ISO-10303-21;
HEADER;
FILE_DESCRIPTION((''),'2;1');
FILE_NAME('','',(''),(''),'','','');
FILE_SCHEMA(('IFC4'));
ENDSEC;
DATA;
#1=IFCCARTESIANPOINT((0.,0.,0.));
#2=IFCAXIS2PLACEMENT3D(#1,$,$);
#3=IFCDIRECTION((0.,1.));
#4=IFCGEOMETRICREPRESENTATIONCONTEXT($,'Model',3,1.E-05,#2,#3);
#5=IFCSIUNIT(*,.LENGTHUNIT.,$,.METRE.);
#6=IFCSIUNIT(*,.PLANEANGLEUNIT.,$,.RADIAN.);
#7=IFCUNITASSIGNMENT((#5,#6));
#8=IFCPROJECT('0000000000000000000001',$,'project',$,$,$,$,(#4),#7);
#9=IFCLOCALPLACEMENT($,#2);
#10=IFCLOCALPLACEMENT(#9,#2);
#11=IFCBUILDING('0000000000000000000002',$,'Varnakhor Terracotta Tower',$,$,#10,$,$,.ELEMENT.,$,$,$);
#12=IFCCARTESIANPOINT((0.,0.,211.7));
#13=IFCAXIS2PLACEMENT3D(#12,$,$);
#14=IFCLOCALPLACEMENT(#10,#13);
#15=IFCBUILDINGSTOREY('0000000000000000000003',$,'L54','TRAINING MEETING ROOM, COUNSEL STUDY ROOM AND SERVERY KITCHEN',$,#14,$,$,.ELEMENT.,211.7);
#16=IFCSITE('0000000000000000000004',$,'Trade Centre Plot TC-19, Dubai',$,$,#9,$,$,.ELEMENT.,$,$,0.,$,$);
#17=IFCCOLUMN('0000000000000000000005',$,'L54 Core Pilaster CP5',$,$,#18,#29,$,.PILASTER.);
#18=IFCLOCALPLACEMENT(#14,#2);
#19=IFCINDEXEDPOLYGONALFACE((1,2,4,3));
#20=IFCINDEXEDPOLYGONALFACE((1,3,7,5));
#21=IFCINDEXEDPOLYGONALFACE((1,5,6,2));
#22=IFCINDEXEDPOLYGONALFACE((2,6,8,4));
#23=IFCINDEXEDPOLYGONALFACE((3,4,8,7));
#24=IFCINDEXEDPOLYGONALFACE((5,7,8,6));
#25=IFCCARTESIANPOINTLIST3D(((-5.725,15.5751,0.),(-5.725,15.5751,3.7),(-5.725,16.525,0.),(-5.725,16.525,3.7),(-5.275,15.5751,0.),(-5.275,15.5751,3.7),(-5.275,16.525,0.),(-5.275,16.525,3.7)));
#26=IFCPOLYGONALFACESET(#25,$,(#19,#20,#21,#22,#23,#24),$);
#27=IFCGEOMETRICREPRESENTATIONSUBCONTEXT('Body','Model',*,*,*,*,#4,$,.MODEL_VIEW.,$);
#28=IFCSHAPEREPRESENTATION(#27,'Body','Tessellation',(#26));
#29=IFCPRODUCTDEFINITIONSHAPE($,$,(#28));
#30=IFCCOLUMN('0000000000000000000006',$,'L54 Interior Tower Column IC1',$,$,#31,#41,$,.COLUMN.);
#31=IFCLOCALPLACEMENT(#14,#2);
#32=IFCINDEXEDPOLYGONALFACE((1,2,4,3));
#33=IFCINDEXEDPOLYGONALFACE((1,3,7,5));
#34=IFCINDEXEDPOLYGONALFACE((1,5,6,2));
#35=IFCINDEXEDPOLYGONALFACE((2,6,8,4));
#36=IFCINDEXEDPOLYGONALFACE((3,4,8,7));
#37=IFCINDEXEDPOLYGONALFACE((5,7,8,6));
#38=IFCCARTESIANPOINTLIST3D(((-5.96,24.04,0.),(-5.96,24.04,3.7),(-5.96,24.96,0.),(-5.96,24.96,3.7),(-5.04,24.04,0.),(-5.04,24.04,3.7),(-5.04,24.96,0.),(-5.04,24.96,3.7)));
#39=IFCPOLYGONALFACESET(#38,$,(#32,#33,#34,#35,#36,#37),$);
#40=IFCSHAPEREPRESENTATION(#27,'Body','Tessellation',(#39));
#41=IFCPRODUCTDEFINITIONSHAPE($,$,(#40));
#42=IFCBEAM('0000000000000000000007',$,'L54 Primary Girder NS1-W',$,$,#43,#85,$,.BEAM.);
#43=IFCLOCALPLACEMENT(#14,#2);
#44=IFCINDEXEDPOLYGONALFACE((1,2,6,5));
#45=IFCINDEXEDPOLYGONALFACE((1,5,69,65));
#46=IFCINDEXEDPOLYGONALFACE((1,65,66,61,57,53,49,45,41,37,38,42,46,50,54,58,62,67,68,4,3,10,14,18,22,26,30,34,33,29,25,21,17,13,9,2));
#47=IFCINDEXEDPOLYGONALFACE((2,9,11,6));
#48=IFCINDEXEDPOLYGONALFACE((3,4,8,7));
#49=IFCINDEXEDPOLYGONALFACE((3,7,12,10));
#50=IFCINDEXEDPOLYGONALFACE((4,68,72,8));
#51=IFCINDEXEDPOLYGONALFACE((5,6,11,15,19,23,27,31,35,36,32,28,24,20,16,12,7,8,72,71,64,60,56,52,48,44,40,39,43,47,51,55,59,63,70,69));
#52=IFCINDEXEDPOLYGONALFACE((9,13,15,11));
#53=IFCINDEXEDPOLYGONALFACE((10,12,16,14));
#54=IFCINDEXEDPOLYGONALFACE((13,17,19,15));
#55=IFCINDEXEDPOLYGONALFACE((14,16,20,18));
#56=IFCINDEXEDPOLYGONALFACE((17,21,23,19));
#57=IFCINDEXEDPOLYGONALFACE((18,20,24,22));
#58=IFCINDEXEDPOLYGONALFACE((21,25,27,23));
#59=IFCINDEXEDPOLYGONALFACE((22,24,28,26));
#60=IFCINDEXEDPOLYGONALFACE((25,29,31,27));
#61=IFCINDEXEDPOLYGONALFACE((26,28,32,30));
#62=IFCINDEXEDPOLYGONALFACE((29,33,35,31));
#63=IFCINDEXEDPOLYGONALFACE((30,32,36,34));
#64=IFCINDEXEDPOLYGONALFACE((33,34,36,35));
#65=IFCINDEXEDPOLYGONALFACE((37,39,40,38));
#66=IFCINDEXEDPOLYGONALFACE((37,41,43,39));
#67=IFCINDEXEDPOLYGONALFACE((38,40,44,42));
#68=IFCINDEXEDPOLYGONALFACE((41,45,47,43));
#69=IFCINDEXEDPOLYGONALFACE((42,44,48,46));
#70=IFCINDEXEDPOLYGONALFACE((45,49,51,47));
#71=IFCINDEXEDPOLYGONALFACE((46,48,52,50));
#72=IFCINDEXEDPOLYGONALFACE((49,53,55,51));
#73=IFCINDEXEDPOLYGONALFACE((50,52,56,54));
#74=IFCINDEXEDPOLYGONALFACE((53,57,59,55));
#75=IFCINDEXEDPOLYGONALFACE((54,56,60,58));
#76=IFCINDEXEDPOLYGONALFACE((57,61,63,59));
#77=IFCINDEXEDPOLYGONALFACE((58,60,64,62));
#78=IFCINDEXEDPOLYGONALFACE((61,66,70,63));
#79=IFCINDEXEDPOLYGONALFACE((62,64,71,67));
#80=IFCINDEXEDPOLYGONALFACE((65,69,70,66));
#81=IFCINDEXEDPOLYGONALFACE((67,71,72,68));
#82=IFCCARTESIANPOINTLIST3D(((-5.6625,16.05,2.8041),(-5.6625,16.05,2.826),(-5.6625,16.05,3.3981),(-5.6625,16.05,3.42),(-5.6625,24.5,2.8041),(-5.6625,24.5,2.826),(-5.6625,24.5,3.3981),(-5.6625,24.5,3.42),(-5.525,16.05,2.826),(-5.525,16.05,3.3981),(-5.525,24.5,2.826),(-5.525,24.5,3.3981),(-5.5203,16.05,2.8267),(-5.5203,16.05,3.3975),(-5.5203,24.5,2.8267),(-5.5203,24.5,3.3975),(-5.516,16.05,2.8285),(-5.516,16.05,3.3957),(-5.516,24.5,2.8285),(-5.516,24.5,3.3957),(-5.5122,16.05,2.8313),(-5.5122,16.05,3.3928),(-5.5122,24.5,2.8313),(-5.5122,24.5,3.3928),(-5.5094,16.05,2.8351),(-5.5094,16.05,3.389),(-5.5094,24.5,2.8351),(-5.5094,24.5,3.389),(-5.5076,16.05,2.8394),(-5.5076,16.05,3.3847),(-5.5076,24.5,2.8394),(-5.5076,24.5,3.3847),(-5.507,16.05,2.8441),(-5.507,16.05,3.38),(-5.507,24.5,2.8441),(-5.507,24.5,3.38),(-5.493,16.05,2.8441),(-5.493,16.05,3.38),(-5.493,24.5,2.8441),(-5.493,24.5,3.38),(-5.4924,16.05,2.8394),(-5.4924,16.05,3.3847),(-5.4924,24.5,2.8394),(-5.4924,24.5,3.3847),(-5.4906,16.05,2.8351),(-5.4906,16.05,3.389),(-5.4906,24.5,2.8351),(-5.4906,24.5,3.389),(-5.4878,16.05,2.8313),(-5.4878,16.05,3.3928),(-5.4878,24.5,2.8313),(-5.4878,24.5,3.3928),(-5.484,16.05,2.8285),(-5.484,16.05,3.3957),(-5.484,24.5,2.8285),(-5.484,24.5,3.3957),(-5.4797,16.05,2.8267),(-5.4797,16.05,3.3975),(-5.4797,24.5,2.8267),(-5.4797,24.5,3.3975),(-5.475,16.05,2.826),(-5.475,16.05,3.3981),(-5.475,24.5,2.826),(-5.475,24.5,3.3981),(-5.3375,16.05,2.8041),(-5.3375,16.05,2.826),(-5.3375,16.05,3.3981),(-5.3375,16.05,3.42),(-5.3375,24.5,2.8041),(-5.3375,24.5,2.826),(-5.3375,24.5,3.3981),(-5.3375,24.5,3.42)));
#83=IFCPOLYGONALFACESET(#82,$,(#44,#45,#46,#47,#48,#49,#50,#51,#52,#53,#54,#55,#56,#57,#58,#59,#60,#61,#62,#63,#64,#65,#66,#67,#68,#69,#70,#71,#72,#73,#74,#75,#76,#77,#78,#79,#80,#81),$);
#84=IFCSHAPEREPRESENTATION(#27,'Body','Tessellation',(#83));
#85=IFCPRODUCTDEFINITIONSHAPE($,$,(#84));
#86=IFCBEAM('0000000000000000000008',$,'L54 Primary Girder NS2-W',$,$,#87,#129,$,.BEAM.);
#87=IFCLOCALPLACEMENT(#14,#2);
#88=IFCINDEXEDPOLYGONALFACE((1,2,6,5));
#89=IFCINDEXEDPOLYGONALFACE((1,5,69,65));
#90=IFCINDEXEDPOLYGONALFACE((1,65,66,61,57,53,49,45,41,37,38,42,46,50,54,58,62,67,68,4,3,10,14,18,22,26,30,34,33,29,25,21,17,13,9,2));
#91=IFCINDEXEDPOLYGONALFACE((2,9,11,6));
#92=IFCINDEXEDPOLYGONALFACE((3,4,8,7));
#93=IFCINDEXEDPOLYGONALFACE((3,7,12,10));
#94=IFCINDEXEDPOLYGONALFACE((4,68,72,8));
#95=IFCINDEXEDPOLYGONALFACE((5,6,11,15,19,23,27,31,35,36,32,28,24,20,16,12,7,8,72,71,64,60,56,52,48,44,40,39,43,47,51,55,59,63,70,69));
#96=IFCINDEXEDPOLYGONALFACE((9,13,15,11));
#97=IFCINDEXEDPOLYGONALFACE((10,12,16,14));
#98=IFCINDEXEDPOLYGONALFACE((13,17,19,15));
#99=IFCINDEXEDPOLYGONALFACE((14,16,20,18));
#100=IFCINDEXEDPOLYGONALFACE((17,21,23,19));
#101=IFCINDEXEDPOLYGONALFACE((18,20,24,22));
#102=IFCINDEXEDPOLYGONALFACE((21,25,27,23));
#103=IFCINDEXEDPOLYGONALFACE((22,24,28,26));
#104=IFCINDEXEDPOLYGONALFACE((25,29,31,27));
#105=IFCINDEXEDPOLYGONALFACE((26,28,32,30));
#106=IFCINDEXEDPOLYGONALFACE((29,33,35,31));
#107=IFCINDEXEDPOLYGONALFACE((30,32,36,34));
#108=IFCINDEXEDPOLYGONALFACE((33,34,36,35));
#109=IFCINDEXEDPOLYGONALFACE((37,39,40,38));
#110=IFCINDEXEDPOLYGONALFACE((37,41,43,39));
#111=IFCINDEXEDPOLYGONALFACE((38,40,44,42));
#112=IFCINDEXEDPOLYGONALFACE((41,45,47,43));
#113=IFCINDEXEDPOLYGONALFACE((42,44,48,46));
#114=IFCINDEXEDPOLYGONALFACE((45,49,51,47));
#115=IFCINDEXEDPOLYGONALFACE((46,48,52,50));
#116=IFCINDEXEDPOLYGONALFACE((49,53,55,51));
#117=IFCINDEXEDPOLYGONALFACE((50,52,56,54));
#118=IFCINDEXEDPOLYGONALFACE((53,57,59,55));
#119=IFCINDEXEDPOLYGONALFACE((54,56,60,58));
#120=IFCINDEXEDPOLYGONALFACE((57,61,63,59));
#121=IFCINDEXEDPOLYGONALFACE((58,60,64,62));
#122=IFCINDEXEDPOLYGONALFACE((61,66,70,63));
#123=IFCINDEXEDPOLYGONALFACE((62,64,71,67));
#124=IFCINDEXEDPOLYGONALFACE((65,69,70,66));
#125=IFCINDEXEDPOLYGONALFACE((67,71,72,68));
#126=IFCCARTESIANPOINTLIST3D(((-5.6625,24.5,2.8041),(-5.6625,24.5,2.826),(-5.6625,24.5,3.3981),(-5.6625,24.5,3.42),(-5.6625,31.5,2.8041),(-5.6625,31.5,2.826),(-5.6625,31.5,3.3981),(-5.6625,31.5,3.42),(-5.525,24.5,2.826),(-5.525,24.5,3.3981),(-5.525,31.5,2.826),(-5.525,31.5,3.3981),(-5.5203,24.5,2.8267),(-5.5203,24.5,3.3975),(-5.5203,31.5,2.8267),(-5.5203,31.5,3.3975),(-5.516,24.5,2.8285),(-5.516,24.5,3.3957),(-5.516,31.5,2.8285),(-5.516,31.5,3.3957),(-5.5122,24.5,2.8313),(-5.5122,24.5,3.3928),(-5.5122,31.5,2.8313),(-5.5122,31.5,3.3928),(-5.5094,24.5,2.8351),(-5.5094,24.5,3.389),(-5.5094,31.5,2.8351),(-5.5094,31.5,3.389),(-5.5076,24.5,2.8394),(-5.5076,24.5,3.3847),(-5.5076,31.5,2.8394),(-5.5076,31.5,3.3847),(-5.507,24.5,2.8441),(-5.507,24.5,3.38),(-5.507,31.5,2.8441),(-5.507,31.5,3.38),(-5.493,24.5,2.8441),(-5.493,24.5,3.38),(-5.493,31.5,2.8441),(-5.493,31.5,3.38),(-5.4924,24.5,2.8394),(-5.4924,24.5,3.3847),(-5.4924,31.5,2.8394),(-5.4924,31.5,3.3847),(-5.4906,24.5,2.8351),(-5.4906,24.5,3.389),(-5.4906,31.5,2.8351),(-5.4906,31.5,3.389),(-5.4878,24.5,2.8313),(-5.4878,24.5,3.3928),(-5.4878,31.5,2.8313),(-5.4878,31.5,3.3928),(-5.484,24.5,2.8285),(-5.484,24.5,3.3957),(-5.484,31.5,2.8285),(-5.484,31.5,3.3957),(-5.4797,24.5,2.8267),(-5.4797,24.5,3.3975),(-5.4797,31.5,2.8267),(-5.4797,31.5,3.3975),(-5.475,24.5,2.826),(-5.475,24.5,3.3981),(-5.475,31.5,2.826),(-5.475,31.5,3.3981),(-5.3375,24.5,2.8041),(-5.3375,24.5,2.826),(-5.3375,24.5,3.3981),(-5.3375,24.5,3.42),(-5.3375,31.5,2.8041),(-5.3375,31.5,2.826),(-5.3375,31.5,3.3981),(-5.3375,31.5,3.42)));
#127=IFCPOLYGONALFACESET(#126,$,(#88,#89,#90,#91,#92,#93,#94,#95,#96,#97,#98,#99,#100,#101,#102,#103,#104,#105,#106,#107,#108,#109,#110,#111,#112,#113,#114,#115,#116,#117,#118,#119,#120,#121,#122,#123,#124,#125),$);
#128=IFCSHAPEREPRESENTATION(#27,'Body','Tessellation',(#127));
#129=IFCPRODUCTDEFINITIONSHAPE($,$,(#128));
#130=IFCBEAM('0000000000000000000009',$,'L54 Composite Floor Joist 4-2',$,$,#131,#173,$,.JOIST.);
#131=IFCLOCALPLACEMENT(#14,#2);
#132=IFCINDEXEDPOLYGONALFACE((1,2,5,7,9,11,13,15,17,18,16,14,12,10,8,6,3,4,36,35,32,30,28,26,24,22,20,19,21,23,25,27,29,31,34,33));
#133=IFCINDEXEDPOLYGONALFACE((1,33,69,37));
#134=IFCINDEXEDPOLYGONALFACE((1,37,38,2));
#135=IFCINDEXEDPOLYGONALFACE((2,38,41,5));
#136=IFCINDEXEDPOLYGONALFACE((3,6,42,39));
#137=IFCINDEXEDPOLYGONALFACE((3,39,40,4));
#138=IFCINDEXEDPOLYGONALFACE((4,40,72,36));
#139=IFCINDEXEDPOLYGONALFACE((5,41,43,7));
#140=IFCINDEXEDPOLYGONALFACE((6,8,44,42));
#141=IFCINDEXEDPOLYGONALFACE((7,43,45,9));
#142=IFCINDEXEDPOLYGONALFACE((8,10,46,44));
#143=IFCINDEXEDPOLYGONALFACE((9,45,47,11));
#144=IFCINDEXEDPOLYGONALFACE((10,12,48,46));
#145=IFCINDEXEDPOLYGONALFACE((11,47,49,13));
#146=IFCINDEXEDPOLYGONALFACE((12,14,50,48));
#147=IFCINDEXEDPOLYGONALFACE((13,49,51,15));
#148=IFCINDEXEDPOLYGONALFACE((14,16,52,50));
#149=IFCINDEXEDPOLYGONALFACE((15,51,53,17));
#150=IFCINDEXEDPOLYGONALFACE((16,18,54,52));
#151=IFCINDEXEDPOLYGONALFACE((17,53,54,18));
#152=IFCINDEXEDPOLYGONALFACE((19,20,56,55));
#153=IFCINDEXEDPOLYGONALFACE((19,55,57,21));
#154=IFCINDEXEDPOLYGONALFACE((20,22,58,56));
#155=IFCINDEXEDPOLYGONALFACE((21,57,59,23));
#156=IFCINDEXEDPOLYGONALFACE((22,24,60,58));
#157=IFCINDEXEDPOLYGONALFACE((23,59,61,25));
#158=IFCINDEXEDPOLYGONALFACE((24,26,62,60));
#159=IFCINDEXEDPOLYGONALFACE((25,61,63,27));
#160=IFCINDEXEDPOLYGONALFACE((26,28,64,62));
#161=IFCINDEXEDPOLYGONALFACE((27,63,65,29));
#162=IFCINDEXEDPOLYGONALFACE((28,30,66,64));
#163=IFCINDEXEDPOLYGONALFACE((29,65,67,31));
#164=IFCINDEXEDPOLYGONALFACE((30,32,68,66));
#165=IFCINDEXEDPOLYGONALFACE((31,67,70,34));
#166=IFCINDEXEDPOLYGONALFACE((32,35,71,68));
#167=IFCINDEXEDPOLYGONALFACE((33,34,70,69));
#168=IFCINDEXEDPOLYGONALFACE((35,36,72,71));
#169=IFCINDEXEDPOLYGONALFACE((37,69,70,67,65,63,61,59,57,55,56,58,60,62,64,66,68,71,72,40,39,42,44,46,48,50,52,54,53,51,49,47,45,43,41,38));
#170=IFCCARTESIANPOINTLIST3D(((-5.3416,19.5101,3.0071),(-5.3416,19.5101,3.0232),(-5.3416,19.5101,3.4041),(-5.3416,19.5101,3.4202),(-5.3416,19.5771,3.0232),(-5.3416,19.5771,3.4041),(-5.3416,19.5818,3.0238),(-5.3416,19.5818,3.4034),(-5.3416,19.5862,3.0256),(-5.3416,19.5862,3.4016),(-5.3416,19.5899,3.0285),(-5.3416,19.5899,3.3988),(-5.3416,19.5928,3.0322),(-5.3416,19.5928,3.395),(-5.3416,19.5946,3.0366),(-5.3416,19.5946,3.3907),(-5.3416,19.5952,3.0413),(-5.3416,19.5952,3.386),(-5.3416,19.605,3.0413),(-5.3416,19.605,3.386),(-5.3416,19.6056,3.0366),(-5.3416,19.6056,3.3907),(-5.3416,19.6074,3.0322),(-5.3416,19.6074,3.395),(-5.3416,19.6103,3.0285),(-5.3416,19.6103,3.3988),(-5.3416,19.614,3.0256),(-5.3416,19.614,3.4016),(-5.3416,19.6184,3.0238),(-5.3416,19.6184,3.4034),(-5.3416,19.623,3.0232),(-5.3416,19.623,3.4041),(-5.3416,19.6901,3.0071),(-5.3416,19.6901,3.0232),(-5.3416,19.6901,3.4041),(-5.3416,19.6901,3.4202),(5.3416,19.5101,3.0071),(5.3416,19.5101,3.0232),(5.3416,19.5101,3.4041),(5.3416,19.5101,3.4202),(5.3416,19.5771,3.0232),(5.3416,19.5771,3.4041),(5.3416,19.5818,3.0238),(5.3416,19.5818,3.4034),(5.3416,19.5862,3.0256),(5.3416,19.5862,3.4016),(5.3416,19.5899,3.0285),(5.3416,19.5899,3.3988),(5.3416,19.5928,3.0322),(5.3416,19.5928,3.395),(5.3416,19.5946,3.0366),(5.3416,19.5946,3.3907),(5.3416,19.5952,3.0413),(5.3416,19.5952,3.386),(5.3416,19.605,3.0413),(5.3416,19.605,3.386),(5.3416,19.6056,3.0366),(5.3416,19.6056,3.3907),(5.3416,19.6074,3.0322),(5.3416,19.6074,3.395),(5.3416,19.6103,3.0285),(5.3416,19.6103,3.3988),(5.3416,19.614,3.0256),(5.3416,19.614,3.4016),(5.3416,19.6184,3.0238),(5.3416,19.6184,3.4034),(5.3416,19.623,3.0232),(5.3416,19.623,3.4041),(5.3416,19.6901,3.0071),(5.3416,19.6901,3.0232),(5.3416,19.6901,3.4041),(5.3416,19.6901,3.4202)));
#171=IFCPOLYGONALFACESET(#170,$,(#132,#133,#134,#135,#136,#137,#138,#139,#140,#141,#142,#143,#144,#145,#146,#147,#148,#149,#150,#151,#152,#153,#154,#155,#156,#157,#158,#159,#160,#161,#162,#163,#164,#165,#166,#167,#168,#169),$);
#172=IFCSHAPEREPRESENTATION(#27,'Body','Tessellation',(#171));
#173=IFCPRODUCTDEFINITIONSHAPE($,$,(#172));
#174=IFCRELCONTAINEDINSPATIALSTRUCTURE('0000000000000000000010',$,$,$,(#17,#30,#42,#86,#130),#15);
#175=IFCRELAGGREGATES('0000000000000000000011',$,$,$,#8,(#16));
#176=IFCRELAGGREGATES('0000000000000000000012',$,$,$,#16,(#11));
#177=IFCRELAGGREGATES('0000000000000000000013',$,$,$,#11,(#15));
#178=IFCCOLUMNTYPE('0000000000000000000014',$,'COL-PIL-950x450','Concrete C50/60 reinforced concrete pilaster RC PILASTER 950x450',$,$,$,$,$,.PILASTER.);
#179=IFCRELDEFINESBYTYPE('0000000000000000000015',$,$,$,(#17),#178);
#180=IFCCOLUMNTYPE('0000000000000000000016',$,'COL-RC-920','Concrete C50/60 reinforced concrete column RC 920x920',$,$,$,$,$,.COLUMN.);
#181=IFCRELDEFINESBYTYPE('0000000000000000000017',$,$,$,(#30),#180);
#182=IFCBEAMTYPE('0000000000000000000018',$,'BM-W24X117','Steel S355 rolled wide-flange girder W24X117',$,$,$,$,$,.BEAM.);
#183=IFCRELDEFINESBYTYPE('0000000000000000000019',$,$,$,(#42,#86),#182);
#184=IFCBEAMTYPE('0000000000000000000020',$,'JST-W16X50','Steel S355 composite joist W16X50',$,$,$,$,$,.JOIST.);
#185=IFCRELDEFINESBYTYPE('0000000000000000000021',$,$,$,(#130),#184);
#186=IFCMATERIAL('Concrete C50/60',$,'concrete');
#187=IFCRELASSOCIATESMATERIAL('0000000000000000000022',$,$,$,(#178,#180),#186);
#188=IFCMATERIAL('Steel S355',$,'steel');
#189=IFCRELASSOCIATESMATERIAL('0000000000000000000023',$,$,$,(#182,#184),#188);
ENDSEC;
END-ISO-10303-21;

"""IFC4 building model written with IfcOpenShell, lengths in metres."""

from ifc_helpers import new_model, si_unit, direction, frame, origin, origin_2d, place, context, subcontext, project, spatial, rectangle, i_section, extrude, source, transform, mapped, material, material_profile, profile_set, type_object, type_shapes, element, save


model = new_model("IFC4")

# Units and contexts
model_context = context("Model", 3, precision=1e-05, world=origin(), true_north=direction((0.0, 1.0)))
body_context = subcontext(model_context, "Body", "Model", "MODEL_VIEW")
ifc_project = project(units=[si_unit("LENGTHUNIT", "METRE"), si_unit("PLANEANGLEUNIT", "RADIAN")], contexts=[model_context])

# Site, building, storey
site_placement = place(None, origin())
site = spatial("IfcSite", under=ifc_project, at=site_placement, Name="Trade Centre Plot TC-19, Dubai", CompositionType="ELEMENT", RefElevation=0.0)
building_placement = place(site_placement, origin())
building = spatial("IfcBuilding", under=site, at=building_placement, Name="Varnakhor Terracotta Tower", CompositionType="ELEMENT")
storey_placement = place(building_placement, frame((0.0, 0.0, 211.7)))
storey = spatial("IfcBuildingStorey", under=building, at=storey_placement, Name="L54", Description="TRAINING MEETING ROOM, COUNSEL STUDY ROOM AND SERVERY KITCHEN", CompositionType="ELEMENT", Elevation=211.7)

# Columns
ifc_material_1 = material(Name="Concrete C50/60", Category="concrete")
ifc_material_profile_1 = material_profile(ifc_material_1, rectangle(XDim=0.45, YDim=0.95, at=origin_2d()), Name="RC PILASTER 950x450")
ifc_profile_set_1 = profile_set([ifc_material_profile_1], Name="Concrete C50/60")
column_type_1 = type_object("IfcColumnType", Name="COL-PIL-950x450", Description="Concrete C50/60 reinforced concrete pilaster RC PILASTER 950x450", PredefinedType="PILASTER", material=ifc_profile_set_1)
shared_shape_1 = source(origin(), body_context, "Body", "SweptSolid", [
    extrude(rectangle(XDim=0.45, YDim=0.95, at=origin_2d()), origin(), (0.0, 0.0, 1.0), 3.7),
])
column_1_placement = place(storey_placement, frame((-5.5, 16.05, 0.0), z_axis=(0.0, 0.0, 1.0), x_axis=(1.0, 0.0, 0.0)))
element("IfcColumn", 1, at=column_1_placement, inside=storey, type_object=column_type_1, Name="L54 Core Pilaster CP5", PredefinedType="PILASTER", context=body_context, shape_type="MappedRepresentation", body=[
    mapped(shared_shape_1, transform((0.0, 0.0, 0.0), scale=1.0)),
])
ifc_material_profile_2 = material_profile(ifc_material_1, rectangle(XDim=0.9199, YDim=0.9199, at=origin_2d()), Name="RC 920x920")
ifc_profile_set_2 = profile_set([ifc_material_profile_2], Name="Concrete C50/60")
column_type_2 = type_object("IfcColumnType", Name="COL-RC-920", Description="Concrete C50/60 reinforced concrete column RC 920x920", PredefinedType="COLUMN", material=ifc_profile_set_2)
shared_shape_2 = source(origin(), body_context, "Body", "SweptSolid", [
    extrude(rectangle(XDim=0.9199, YDim=0.9199, at=origin_2d()), origin(), (0.0, 0.0, 1.0), 3.7),
])
column_2_placement = place(storey_placement, frame((-5.5, 24.5, 0.0), z_axis=(0.0, 0.0, 1.0), x_axis=(1.0, 0.0, 0.0)))
element("IfcColumn", 2, at=column_2_placement, inside=storey, type_object=column_type_2, Name="L54 Interior Tower Column IC1", PredefinedType="COLUMN", context=body_context, shape_type="MappedRepresentation", body=[
    mapped(shared_shape_2, transform((0.0, 0.0, 0.0), scale=1.0)),
])

# Beams
ifc_material_2 = material(Name="Steel S355", Category="steel")
ifc_material_profile_3 = material_profile(ifc_material_2, i_section(OverallWidth=0.325, OverallDepth=0.616, WebThickness=0.0139, FlangeThickness=0.022, FilletRadius=0.0181, at=origin_2d()), Name="W24X117")
ifc_profile_set_3 = profile_set([ifc_material_profile_3], Name="Steel S355")
beam_type_1 = type_object("IfcBeamType", Name="BM-W24X117", Description="Steel S355 rolled wide-flange girder W24X117", PredefinedType="BEAM", material=ifc_profile_set_3)
shared_shape_3 = source(origin(), body_context, "Body", "SweptSolid", [
    extrude(i_section(OverallWidth=0.325, OverallDepth=0.616, WebThickness=0.0139, FlangeThickness=0.022, FilletRadius=0.0181, at=origin_2d()), origin(), (0.0, 0.0, 1.0), 8.45),
])
type_shapes(beam_type_1, [shared_shape_3])
beam_1_placement = place(storey_placement, frame((-5.5, 16.05, 3.1121), z_axis=(0.0, 1.0, 0.0), x_axis=(-1.0, 0.0, 0.0)))
element("IfcBeam", 3, at=beam_1_placement, inside=storey, type_object=beam_type_1, Name="L54 Primary Girder NS1-W", PredefinedType="BEAM", context=body_context, shape_type="MappedRepresentation", body=[
    mapped(shared_shape_3, transform((0.0, 0.0, 0.0), scale=1.0)),
])
shared_shape_4 = source(origin(), body_context, "Body", "SweptSolid", [
    extrude(i_section(OverallWidth=0.325, OverallDepth=0.616, WebThickness=0.0139, FlangeThickness=0.022, FilletRadius=0.0181, at=origin_2d()), origin(), (0.0, 0.0, 1.0), 7.0),
])
beam_2_placement = place(storey_placement, frame((-5.5, 24.5, 3.1121), z_axis=(0.0, 1.0, 0.0), x_axis=(-1.0, 0.0, 0.0)))
element("IfcBeam", 4, at=beam_2_placement, inside=storey, type_object=beam_type_1, Name="L54 Primary Girder NS2-W", PredefinedType="BEAM", context=body_context, shape_type="MappedRepresentation", body=[
    mapped(shared_shape_4, transform((0.0, 0.0, 0.0), scale=1.0)),
])
ifc_material_profile_4 = material_profile(ifc_material_2, i_section(OverallWidth=0.1799, OverallDepth=0.4131, WebThickness=0.0098, FlangeThickness=0.0161, FilletRadius=0.0181, at=origin_2d()), Name="W16X50")
ifc_profile_set_4 = profile_set([ifc_material_profile_4], Name="Steel S355")
beam_type_2 = type_object("IfcBeamType", Name="JST-W16X50", Description="Steel S355 composite joist W16X50", PredefinedType="JOIST", material=ifc_profile_set_4)
shared_shape_5 = source(origin(), body_context, "Body", "SweptSolid", [
    extrude(i_section(OverallWidth=0.1799, OverallDepth=0.4131, WebThickness=0.0098, FlangeThickness=0.0161, FilletRadius=0.0181, at=origin_2d()), origin(), (0.0, 0.0, 1.0), 10.6831),
])
for number, where, z_axis, x_axis, name in (
    (5, (-5.3416, 19.6001, 3.2136), (1.0, 0.0, 0.0), (0.0, 1.0, 0.0), "L54 Composite Floor Joist 4-2"),
):
    element("IfcBeam", number, at=place(storey_placement, frame(where, z_axis=z_axis, x_axis=x_axis)), inside=storey, type_object=beam_type_2, Name=name, PredefinedType="JOIST", context=body_context, shape_type="MappedRepresentation", body=[
        mapped(shared_shape_5, transform((0.0, 0.0, 0.0), scale=1.0)),
    ])

save(model, "model.ifc")
